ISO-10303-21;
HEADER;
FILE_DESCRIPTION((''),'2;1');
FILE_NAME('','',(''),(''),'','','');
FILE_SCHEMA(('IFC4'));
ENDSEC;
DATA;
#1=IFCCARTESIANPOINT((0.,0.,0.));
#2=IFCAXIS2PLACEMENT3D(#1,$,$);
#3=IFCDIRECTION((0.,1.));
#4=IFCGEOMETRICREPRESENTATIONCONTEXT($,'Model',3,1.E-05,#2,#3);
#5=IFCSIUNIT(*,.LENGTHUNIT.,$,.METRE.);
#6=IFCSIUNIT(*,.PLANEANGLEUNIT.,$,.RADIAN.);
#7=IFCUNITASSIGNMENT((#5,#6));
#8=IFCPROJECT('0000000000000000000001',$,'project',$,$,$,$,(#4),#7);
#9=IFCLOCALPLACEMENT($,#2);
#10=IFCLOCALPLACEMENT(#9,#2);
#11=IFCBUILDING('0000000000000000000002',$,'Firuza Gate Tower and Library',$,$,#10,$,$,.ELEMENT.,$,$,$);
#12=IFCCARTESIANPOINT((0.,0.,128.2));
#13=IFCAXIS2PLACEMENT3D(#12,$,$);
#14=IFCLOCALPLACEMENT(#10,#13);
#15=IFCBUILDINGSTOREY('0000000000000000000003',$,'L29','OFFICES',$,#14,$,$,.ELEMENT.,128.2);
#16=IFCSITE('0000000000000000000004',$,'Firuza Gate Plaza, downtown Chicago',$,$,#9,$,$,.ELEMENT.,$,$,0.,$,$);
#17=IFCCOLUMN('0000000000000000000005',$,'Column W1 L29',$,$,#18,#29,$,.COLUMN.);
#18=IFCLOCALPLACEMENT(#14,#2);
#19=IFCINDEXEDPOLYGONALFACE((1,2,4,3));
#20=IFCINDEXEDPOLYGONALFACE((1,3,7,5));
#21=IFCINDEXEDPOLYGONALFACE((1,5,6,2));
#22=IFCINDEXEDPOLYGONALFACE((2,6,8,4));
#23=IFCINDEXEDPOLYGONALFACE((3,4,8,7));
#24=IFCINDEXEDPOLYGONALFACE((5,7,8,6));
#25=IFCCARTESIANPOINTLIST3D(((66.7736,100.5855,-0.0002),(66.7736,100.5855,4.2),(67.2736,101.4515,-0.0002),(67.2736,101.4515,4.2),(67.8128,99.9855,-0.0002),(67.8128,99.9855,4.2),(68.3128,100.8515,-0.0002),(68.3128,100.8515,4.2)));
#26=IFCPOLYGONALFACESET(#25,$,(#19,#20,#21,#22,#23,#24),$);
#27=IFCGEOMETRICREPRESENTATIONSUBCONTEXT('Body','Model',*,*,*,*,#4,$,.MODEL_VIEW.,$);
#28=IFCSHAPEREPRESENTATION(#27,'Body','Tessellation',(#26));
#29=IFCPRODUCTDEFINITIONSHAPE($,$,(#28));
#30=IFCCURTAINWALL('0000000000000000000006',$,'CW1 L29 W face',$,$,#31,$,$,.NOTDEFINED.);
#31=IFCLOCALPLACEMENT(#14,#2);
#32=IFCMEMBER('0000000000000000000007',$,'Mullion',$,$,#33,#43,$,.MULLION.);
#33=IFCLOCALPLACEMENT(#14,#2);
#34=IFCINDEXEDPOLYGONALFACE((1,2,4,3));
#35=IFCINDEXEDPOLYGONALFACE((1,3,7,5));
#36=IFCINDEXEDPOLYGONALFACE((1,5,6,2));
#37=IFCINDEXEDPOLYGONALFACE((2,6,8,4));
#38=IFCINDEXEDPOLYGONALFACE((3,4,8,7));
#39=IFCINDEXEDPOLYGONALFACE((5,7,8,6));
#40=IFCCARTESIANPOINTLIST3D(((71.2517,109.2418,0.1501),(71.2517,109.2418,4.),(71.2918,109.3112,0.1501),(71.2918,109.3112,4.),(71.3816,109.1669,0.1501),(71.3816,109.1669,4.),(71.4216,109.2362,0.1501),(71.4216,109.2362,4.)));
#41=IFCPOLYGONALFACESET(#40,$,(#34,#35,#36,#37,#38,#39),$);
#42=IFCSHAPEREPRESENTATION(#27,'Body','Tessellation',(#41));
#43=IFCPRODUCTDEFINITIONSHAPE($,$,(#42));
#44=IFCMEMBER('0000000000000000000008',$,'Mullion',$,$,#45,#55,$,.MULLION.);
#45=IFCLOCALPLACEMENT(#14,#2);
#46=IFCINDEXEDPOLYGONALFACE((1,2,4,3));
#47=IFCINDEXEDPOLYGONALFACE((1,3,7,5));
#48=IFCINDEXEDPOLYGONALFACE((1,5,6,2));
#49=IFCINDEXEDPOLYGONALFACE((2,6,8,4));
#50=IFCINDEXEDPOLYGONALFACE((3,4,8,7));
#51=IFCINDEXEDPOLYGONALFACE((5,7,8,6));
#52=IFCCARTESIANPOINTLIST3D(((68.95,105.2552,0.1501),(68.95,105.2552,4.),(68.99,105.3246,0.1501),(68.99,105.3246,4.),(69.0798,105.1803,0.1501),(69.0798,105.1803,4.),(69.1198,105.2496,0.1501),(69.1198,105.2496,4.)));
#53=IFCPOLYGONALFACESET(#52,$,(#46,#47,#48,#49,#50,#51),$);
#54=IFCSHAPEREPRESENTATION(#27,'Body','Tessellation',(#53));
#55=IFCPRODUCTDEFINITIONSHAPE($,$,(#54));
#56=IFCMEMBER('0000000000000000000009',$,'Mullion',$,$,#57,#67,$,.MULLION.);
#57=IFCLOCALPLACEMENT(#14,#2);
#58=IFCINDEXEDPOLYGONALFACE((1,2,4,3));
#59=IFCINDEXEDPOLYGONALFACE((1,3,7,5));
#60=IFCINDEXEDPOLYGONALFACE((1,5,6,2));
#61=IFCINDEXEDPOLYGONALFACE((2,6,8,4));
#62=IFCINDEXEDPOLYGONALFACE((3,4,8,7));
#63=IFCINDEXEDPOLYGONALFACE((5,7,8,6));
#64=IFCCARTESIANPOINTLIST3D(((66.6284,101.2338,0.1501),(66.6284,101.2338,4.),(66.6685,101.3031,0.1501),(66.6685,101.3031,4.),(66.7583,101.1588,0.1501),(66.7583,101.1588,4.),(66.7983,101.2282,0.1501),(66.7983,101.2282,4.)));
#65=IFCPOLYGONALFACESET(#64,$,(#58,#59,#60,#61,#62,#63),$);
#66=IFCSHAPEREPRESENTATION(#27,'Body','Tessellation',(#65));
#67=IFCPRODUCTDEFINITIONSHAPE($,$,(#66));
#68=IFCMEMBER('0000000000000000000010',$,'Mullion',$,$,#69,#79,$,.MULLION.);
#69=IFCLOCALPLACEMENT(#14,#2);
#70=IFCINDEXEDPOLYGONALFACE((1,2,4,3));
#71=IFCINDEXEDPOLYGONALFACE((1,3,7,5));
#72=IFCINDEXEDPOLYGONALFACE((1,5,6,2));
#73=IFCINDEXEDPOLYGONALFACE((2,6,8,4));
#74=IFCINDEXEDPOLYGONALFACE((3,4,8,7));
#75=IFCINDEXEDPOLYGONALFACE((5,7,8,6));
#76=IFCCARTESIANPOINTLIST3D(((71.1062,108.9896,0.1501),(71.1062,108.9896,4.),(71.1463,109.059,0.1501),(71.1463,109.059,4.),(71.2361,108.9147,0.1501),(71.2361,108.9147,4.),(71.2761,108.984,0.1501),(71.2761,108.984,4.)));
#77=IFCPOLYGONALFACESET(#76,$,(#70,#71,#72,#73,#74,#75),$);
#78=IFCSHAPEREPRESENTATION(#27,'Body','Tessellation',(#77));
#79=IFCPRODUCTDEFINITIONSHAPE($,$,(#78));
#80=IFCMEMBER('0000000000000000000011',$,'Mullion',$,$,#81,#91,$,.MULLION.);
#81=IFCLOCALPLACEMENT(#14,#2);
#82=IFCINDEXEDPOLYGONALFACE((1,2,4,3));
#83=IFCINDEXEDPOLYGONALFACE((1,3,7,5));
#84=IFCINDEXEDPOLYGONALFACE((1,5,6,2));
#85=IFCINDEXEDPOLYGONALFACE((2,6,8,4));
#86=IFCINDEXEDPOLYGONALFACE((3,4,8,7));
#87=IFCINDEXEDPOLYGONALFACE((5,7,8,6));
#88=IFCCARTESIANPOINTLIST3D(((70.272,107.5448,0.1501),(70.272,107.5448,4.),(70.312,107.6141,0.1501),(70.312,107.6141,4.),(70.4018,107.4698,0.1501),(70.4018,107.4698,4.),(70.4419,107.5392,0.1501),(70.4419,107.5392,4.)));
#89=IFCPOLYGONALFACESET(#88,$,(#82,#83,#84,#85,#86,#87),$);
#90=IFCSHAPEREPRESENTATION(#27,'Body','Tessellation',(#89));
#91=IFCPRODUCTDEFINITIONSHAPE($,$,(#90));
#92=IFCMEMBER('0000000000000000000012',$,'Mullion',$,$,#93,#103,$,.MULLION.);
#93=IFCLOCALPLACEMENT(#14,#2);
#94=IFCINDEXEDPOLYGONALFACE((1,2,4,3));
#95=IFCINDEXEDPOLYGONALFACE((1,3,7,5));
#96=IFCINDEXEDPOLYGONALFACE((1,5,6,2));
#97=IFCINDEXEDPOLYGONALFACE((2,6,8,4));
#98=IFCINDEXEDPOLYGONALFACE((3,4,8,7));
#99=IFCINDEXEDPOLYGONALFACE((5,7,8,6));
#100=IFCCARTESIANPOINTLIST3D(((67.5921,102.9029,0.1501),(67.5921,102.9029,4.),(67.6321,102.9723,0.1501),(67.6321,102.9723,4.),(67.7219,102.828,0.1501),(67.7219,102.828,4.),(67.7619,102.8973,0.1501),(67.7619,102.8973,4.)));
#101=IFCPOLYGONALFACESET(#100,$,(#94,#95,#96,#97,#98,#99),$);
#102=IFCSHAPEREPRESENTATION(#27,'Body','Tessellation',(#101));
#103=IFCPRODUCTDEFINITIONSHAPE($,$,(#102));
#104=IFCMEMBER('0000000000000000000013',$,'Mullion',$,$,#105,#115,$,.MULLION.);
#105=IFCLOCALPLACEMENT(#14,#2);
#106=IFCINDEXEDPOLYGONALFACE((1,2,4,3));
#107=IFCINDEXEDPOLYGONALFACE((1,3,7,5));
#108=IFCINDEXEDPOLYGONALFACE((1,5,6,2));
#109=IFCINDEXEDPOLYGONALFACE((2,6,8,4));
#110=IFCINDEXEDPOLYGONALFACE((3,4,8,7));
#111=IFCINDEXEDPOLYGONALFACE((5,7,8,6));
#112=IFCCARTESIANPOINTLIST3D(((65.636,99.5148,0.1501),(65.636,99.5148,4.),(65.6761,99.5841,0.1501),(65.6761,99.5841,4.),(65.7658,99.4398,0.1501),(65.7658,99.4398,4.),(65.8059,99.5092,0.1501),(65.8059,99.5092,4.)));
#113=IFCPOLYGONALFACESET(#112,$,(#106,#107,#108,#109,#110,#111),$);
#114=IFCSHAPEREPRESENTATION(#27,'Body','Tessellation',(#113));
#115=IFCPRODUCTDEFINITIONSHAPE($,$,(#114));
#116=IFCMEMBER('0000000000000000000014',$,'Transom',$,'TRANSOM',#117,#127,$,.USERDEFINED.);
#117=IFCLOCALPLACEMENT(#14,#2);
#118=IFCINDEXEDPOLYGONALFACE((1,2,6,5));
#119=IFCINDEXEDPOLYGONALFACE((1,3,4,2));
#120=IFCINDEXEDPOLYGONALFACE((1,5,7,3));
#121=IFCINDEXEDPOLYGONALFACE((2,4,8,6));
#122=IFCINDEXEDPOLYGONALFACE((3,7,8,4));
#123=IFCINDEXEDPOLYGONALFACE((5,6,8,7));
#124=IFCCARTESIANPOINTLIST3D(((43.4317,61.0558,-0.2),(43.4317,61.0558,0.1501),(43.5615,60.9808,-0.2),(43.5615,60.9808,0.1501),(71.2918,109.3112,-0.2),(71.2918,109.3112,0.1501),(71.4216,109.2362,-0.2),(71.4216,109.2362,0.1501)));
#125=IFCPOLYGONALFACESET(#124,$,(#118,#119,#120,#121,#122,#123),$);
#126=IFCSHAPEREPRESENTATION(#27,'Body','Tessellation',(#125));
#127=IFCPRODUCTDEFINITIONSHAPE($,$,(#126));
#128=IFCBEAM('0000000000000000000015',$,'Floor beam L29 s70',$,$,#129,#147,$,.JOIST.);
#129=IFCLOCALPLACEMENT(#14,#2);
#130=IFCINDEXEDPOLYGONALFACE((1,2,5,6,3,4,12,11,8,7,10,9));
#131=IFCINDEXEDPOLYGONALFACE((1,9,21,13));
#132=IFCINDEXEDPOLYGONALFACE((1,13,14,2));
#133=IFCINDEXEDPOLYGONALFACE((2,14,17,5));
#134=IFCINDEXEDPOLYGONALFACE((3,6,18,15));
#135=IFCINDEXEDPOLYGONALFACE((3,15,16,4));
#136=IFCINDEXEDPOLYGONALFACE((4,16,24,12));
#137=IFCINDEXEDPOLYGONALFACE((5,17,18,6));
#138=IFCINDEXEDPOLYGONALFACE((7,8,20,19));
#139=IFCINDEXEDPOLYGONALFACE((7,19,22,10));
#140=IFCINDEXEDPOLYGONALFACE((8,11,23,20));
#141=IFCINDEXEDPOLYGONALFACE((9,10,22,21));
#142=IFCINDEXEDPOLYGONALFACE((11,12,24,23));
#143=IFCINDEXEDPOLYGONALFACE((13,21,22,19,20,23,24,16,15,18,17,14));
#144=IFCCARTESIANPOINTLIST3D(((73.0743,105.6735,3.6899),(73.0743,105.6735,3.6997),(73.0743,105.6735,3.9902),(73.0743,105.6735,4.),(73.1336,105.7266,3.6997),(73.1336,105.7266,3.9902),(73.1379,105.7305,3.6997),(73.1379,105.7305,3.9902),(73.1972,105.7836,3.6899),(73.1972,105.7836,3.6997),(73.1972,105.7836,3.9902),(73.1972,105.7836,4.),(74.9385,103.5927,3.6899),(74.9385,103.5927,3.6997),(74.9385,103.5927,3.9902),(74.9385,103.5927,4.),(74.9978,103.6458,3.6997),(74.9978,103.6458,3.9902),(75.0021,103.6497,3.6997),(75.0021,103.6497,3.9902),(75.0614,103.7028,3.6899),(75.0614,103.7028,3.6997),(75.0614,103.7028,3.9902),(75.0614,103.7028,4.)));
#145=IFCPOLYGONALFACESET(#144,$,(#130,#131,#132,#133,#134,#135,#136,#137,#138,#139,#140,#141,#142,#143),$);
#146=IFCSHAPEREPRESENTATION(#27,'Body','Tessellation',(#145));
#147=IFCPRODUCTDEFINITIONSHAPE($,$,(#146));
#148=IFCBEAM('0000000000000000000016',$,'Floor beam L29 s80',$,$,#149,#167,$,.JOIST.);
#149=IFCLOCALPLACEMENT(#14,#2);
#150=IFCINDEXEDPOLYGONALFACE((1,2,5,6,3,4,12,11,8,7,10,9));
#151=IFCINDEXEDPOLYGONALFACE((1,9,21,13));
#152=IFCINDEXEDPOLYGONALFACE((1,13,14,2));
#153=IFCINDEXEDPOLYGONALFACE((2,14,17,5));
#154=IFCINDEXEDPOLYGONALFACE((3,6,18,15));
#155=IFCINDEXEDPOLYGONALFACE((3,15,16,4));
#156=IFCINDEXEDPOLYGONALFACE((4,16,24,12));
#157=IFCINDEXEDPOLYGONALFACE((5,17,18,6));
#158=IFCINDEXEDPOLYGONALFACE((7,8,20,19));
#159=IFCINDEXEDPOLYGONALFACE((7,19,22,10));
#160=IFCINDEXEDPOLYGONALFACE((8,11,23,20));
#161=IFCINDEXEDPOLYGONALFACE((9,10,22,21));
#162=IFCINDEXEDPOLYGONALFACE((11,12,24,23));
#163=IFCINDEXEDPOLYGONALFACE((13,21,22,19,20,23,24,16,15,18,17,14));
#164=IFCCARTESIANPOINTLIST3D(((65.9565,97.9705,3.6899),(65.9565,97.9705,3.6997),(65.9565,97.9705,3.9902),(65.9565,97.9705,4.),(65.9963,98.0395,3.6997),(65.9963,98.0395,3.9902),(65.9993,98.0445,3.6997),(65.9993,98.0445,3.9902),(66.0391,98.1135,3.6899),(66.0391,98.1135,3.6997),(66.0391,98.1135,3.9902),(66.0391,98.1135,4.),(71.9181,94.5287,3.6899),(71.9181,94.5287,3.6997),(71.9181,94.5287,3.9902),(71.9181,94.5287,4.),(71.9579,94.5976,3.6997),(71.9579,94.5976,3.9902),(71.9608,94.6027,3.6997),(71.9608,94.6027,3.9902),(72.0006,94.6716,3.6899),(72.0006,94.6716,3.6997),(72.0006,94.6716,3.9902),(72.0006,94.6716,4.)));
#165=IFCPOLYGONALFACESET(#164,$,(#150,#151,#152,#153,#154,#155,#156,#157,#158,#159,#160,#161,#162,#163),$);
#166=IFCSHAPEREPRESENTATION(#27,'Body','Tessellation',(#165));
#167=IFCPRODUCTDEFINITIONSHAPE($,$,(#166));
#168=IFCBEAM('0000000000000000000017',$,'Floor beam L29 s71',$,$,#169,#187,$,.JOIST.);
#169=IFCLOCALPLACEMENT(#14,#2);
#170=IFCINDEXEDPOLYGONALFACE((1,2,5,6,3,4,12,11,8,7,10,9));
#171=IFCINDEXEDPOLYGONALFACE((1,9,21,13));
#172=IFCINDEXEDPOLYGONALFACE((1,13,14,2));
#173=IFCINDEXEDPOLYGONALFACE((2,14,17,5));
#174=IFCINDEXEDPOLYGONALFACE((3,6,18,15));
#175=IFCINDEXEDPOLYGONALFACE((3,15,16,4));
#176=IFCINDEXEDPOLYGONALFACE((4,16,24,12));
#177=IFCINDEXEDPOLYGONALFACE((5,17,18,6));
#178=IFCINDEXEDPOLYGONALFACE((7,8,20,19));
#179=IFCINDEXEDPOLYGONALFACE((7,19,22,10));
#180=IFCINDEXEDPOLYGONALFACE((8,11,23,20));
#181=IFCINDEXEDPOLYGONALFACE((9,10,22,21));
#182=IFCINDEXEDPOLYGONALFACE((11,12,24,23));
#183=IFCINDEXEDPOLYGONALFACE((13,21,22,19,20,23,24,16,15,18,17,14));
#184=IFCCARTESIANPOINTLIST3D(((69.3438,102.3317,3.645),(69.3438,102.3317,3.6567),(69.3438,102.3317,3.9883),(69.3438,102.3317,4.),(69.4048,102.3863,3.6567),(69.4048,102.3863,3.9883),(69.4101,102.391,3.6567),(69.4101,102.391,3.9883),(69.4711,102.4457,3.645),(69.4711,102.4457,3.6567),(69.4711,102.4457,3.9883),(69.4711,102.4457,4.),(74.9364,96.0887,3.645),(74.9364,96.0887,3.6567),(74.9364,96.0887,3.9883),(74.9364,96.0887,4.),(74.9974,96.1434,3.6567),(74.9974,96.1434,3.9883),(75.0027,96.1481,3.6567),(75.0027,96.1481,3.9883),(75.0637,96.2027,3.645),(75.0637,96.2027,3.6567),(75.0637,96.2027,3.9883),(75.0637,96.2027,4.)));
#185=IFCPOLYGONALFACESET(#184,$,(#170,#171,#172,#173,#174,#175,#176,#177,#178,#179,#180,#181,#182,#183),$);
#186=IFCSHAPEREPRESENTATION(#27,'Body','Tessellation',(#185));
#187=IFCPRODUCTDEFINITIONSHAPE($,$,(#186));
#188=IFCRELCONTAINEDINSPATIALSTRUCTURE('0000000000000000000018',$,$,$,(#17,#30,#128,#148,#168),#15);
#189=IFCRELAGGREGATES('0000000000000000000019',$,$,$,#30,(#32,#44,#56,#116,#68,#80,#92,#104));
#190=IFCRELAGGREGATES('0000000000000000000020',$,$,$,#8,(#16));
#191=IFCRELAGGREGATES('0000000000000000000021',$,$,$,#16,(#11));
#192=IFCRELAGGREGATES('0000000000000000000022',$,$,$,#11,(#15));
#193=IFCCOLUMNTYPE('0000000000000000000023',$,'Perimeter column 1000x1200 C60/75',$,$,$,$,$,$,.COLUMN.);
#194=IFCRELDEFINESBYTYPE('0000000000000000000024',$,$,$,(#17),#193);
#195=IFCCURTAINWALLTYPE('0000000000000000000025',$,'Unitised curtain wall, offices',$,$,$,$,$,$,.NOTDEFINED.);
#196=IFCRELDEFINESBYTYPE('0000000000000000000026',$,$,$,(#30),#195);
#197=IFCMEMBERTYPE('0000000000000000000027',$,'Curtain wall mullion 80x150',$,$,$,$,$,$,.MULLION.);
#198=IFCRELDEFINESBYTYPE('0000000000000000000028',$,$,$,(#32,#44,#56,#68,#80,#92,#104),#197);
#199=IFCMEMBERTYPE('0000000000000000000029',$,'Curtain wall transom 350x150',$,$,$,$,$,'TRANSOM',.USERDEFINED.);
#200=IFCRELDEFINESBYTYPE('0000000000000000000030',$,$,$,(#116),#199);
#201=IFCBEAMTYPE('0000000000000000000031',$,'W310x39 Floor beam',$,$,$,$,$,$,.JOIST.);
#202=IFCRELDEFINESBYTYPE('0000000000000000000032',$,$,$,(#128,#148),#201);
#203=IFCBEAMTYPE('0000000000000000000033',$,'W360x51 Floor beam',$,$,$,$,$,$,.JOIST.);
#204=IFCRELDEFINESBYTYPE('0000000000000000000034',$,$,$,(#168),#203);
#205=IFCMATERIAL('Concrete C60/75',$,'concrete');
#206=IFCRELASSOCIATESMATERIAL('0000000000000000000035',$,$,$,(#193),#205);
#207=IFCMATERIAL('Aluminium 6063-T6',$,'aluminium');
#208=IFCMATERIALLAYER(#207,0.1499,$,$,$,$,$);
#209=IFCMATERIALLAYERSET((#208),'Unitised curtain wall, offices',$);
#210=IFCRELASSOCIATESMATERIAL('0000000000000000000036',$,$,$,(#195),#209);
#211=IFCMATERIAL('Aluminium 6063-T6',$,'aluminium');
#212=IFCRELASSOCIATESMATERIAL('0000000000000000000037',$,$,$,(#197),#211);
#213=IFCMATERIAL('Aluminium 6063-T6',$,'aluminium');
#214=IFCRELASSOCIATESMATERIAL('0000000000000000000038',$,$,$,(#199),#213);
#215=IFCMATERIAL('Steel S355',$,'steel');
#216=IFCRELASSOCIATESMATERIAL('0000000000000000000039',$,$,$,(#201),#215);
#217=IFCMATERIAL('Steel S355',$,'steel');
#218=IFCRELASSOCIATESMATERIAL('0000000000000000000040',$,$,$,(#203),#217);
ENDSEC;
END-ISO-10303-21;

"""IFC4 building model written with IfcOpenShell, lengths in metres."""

from ifc_helpers import new_model, si_unit, direction, frame, origin, origin_2d, place, context, subcontext, project, spatial, rectangle, i_section, extrude, material, layer, layer_set, material_profile, profile_set, type_object, element, aggregate, save


model = new_model("IFC4")

# Units and contexts
model_context = context("Model", 3, precision=1e-05, world=origin(), true_north=direction((0.0, 1.0)))
body_context = subcontext(model_context, "Body", "Model", "MODEL_VIEW")
ifc_project = project(units=[si_unit("LENGTHUNIT", "METRE"), si_unit("PLANEANGLEUNIT", "RADIAN")], contexts=[model_context])

# Site, building, storey
site_placement = place(None, origin())
site = spatial("IfcSite", under=ifc_project, at=site_placement, Name="Firuza Gate Plaza, downtown Chicago", CompositionType="ELEMENT", RefElevation=0.0)
building_placement = place(site_placement, origin())
building = spatial("IfcBuilding", under=site, at=building_placement, Name="Firuza Gate Tower and Library", CompositionType="ELEMENT")
storey_placement = place(building_placement, frame((0.0, 0.0, 128.2)))
storey = spatial("IfcBuildingStorey", under=building, at=storey_placement, Name="L29", Description="OFFICES", CompositionType="ELEMENT", Elevation=128.2)

# Column
ifc_material_1 = material(Name="Concrete C60/75", Category="concrete")
ifc_material_profile_1 = material_profile(ifc_material_1, rectangle(XDim=1.0, YDim=1.2, at=origin_2d()))
ifc_profile_set_1 = profile_set([ifc_material_profile_1], Name="Concrete C60/75")
column_type = type_object("IfcColumnType", Name="Perimeter column 1000x1200 C60/75", PredefinedType="COLUMN", material=ifc_profile_set_1)
column_placement = place(storey_placement, frame((67.5432, 100.7185, -0.0002), z_axis=(0.0, 0.0, 1.0), x_axis=(-0.5, -0.866025, 0.0)))
element("IfcColumn", 1, at=column_placement, inside=storey, type_object=column_type, Name="Column W1 L29", PredefinedType="COLUMN", context=body_context, shape_type="SweptSolid", body=[
    extrude(rectangle(XDim=1.0, YDim=1.2, at=origin_2d()), origin(), (0.0, 0.0, 1.0), 4.2002),
])

# Curtain wall, members
ifc_material_2 = material(Name="Aluminium 6063-T6", Category="aluminium")
ifc_layer_1 = layer(ifc_material_2, 0.1499)
ifc_layer_set_1 = layer_set([ifc_layer_1], Name="Unitised curtain wall, offices")
curtain_wall_type = type_object("IfcCurtainWallType", Name="Unitised curtain wall, offices", PredefinedType="NOTDEFINED", material=ifc_layer_set_1)
curtain_wall_placement = place(storey_placement, origin())
curtain_wall = element("IfcCurtainWall", 2, at=curtain_wall_placement, inside=storey, type_object=curtain_wall_type, Name="CW1 L29 W face", PredefinedType="NOTDEFINED")
ifc_material_3 = material(Name="Aluminium 6063-T6", Category="aluminium")
ifc_material_profile_2 = material_profile(ifc_material_3, rectangle(XDim=0.1499, YDim=0.0801, at=origin_2d()))
ifc_profile_set_2 = profile_set([ifc_material_profile_2], Name="Aluminium 6063-T6")
member_type_1 = type_object("IfcMemberType", Name="Curtain wall mullion 80x150", PredefinedType="MULLION", material=ifc_profile_set_2)
member_1_placement = place(storey_placement, frame((71.3367, 109.239, 0.1501), z_axis=(0.0, 0.0, 1.0), x_axis=(0.866025, -0.5, 0.0)))
member_1 = element("IfcMember", 3, at=member_1_placement, type_object=member_type_1, Name="Mullion", PredefinedType="MULLION", context=body_context, shape_type="SweptSolid", body=[
    extrude(rectangle(XDim=0.1499, YDim=0.0801, at=origin_2d()), origin(), (0.0, 0.0, 1.0), 3.8499),
])
member_2_placement = place(storey_placement, frame((69.0349, 105.2524, 0.1501), z_axis=(0.0, 0.0, 1.0), x_axis=(0.866025, -0.5, 0.0)))
member_2 = element("IfcMember", 4, at=member_2_placement, type_object=member_type_1, Name="Mullion", PredefinedType="MULLION", context=body_context, shape_type="SweptSolid", body=[
    extrude(rectangle(XDim=0.1499, YDim=0.0801, at=origin_2d()), origin(), (0.0, 0.0, 1.0), 3.8499),
])
member_3_placement = place(storey_placement, frame((66.7134, 101.231, 0.1501), z_axis=(0.0, 0.0, 1.0), x_axis=(0.866025, -0.5, 0.0)))
member_3 = element("IfcMember", 5, at=member_3_placement, type_object=member_type_1, Name="Mullion", PredefinedType="MULLION", context=body_context, shape_type="SweptSolid", body=[
    extrude(rectangle(XDim=0.1499, YDim=0.0801, at=origin_2d()), origin(), (0.0, 0.0, 1.0), 3.8499),
])
member_4_placement = place(storey_placement, frame((71.1912, 108.9868, 0.1501), z_axis=(0.0, 0.0, 1.0), x_axis=(0.866025, -0.5, 0.0)))
member_4 = element("IfcMember", 6, at=member_4_placement, type_object=member_type_1, Name="Mullion", PredefinedType="MULLION", context=body_context, shape_type="SweptSolid", body=[
    extrude(rectangle(XDim=0.1499, YDim=0.0801, at=origin_2d()), origin(), (0.0, 0.0, 1.0), 3.8499),
])
member_5_placement = place(storey_placement, frame((70.3569, 107.542, 0.1501), z_axis=(0.0, 0.0, 1.0), x_axis=(0.866025, -0.5, 0.0)))
member_5 = element("IfcMember", 7, at=member_5_placement, type_object=member_type_1, Name="Mullion", PredefinedType="MULLION", context=body_context, shape_type="SweptSolid", body=[
    extrude(rectangle(XDim=0.1499, YDim=0.0801, at=origin_2d()), origin(), (0.0, 0.0, 1.0), 3.8499),
])
member_6_placement = place(storey_placement, frame((67.677, 102.9001, 0.1501), z_axis=(0.0, 0.0, 1.0), x_axis=(0.866025, -0.5, 0.0)))
member_6 = element("IfcMember", 8, at=member_6_placement, type_object=member_type_1, Name="Mullion", PredefinedType="MULLION", context=body_context, shape_type="SweptSolid", body=[
    extrude(rectangle(XDim=0.1499, YDim=0.0801, at=origin_2d()), origin(), (0.0, 0.0, 1.0), 3.8499),
])
member_7_placement = place(storey_placement, frame((65.7209, 99.512, 0.1501), z_axis=(0.0, 0.0, 1.0), x_axis=(0.866025, -0.5, 0.0)))
member_7 = element("IfcMember", 9, at=member_7_placement, type_object=member_type_1, Name="Mullion", PredefinedType="MULLION", context=body_context, shape_type="SweptSolid", body=[
    extrude(rectangle(XDim=0.1499, YDim=0.0801, at=origin_2d()), origin(), (0.0, 0.0, 1.0), 3.8499),
])
ifc_material_4 = material(Name="Aluminium 6063-T6", Category="aluminium")
ifc_material_profile_3 = material_profile(ifc_material_4, rectangle(XDim=0.1499, YDim=0.3501, at=origin_2d()))
ifc_profile_set_3 = profile_set([ifc_material_profile_3], Name="Aluminium 6063-T6")
member_type_2 = type_object("IfcMemberType", Name="Curtain wall transom 350x150", ElementType="TRANSOM", PredefinedType="USERDEFINED", material=ifc_profile_set_3)
member_8_placement = place(storey_placement, frame((71.3567, 109.2737, -0.0249), z_axis=(-0.499998, -0.866027, 0.0), x_axis=(0.866027, -0.499998, 0.0)))
member_8 = element("IfcMember", 10, at=member_8_placement, type_object=member_type_2, Name="Transom", ObjectType="TRANSOM", PredefinedType="USERDEFINED", context=body_context, shape_type="SweptSolid", body=[
    extrude(rectangle(XDim=0.1499, YDim=0.3501, at=origin_2d()), origin(), (0.0, 0.0, 1.0), 55.7205),
])

# Beams
ifc_material_5 = material(Name="Steel S355", Category="steel")
ifc_material_profile_4 = material_profile(ifc_material_5, i_section(OverallWidth=0.165, OverallDepth=0.3101, WebThickness=0.0059, FlangeThickness=0.0098, at=origin_2d()))
ifc_profile_set_4 = profile_set([ifc_material_profile_4], Name="Steel S355")
beam_type_1 = type_object("IfcBeamType", Name="W310x39 Floor beam", PredefinedType="JOIST", material=ifc_profile_set_4)
beam_1_placement = place(storey_placement, frame((73.1357, 105.7285, 3.845), z_axis=(0.667288, -0.7448, 0.0), x_axis=(0.7448, 0.667288, 0.0)))
element("IfcBeam", 11, at=beam_1_placement, inside=storey, type_object=beam_type_1, Name="Floor beam L29 s70", PredefinedType="JOIST", context=body_context, shape_type="SweptSolid", body=[
    extrude(i_section(OverallWidth=0.165, OverallDepth=0.3101, WebThickness=0.0059, FlangeThickness=0.0098, at=origin_2d()), origin(), (0.0, 0.0, 1.0), 2.7937),
])
beam_2_placement = place(storey_placement, frame((65.9978, 98.042, 3.845), z_axis=(0.86603, -0.499992, 0.0), x_axis=(0.499992, 0.86603, 0.0)))
element("IfcBeam", 12, at=beam_2_placement, inside=storey, type_object=beam_type_1, Name="Floor beam L29 s80", PredefinedType="JOIST", context=body_context, shape_type="SweptSolid", body=[
    extrude(i_section(OverallWidth=0.165, OverallDepth=0.3101, WebThickness=0.0059, FlangeThickness=0.0098, at=origin_2d()), origin(), (0.0, 0.0, 1.0), 6.8838),
])
ifc_material_6 = material(Name="Steel S355", Category="steel")
ifc_material_profile_5 = material_profile(ifc_material_6, i_section(OverallWidth=0.1709, OverallDepth=0.355, WebThickness=0.0071, FlangeThickness=0.0117, at=origin_2d()))
ifc_profile_set_5 = profile_set([ifc_material_profile_5], Name="Steel S355")
beam_type_2 = type_object("IfcBeamType", Name="W360x51 Floor beam", PredefinedType="JOIST", material=ifc_profile_set_5)
beam_3_placement = place(storey_placement, frame((69.4075, 102.3887, 3.8225), z_axis=(0.667243, -0.74484, 0.0), x_axis=(0.74484, 0.667243, 0.0)))
element("IfcBeam", 13, at=beam_3_placement, inside=storey, type_object=beam_type_2, Name="Floor beam L29 s71", PredefinedType="JOIST", context=body_context, shape_type="SweptSolid", body=[
    extrude(i_section(OverallWidth=0.1709, OverallDepth=0.355, WebThickness=0.0071, FlangeThickness=0.0117, at=origin_2d()), origin(), (0.0, 0.0, 1.0), 8.3816),
])

aggregate(curtain_wall, [member_1, member_2, member_3, member_8, member_4, member_5, member_6, member_7])

save(model, "model.ifc")
